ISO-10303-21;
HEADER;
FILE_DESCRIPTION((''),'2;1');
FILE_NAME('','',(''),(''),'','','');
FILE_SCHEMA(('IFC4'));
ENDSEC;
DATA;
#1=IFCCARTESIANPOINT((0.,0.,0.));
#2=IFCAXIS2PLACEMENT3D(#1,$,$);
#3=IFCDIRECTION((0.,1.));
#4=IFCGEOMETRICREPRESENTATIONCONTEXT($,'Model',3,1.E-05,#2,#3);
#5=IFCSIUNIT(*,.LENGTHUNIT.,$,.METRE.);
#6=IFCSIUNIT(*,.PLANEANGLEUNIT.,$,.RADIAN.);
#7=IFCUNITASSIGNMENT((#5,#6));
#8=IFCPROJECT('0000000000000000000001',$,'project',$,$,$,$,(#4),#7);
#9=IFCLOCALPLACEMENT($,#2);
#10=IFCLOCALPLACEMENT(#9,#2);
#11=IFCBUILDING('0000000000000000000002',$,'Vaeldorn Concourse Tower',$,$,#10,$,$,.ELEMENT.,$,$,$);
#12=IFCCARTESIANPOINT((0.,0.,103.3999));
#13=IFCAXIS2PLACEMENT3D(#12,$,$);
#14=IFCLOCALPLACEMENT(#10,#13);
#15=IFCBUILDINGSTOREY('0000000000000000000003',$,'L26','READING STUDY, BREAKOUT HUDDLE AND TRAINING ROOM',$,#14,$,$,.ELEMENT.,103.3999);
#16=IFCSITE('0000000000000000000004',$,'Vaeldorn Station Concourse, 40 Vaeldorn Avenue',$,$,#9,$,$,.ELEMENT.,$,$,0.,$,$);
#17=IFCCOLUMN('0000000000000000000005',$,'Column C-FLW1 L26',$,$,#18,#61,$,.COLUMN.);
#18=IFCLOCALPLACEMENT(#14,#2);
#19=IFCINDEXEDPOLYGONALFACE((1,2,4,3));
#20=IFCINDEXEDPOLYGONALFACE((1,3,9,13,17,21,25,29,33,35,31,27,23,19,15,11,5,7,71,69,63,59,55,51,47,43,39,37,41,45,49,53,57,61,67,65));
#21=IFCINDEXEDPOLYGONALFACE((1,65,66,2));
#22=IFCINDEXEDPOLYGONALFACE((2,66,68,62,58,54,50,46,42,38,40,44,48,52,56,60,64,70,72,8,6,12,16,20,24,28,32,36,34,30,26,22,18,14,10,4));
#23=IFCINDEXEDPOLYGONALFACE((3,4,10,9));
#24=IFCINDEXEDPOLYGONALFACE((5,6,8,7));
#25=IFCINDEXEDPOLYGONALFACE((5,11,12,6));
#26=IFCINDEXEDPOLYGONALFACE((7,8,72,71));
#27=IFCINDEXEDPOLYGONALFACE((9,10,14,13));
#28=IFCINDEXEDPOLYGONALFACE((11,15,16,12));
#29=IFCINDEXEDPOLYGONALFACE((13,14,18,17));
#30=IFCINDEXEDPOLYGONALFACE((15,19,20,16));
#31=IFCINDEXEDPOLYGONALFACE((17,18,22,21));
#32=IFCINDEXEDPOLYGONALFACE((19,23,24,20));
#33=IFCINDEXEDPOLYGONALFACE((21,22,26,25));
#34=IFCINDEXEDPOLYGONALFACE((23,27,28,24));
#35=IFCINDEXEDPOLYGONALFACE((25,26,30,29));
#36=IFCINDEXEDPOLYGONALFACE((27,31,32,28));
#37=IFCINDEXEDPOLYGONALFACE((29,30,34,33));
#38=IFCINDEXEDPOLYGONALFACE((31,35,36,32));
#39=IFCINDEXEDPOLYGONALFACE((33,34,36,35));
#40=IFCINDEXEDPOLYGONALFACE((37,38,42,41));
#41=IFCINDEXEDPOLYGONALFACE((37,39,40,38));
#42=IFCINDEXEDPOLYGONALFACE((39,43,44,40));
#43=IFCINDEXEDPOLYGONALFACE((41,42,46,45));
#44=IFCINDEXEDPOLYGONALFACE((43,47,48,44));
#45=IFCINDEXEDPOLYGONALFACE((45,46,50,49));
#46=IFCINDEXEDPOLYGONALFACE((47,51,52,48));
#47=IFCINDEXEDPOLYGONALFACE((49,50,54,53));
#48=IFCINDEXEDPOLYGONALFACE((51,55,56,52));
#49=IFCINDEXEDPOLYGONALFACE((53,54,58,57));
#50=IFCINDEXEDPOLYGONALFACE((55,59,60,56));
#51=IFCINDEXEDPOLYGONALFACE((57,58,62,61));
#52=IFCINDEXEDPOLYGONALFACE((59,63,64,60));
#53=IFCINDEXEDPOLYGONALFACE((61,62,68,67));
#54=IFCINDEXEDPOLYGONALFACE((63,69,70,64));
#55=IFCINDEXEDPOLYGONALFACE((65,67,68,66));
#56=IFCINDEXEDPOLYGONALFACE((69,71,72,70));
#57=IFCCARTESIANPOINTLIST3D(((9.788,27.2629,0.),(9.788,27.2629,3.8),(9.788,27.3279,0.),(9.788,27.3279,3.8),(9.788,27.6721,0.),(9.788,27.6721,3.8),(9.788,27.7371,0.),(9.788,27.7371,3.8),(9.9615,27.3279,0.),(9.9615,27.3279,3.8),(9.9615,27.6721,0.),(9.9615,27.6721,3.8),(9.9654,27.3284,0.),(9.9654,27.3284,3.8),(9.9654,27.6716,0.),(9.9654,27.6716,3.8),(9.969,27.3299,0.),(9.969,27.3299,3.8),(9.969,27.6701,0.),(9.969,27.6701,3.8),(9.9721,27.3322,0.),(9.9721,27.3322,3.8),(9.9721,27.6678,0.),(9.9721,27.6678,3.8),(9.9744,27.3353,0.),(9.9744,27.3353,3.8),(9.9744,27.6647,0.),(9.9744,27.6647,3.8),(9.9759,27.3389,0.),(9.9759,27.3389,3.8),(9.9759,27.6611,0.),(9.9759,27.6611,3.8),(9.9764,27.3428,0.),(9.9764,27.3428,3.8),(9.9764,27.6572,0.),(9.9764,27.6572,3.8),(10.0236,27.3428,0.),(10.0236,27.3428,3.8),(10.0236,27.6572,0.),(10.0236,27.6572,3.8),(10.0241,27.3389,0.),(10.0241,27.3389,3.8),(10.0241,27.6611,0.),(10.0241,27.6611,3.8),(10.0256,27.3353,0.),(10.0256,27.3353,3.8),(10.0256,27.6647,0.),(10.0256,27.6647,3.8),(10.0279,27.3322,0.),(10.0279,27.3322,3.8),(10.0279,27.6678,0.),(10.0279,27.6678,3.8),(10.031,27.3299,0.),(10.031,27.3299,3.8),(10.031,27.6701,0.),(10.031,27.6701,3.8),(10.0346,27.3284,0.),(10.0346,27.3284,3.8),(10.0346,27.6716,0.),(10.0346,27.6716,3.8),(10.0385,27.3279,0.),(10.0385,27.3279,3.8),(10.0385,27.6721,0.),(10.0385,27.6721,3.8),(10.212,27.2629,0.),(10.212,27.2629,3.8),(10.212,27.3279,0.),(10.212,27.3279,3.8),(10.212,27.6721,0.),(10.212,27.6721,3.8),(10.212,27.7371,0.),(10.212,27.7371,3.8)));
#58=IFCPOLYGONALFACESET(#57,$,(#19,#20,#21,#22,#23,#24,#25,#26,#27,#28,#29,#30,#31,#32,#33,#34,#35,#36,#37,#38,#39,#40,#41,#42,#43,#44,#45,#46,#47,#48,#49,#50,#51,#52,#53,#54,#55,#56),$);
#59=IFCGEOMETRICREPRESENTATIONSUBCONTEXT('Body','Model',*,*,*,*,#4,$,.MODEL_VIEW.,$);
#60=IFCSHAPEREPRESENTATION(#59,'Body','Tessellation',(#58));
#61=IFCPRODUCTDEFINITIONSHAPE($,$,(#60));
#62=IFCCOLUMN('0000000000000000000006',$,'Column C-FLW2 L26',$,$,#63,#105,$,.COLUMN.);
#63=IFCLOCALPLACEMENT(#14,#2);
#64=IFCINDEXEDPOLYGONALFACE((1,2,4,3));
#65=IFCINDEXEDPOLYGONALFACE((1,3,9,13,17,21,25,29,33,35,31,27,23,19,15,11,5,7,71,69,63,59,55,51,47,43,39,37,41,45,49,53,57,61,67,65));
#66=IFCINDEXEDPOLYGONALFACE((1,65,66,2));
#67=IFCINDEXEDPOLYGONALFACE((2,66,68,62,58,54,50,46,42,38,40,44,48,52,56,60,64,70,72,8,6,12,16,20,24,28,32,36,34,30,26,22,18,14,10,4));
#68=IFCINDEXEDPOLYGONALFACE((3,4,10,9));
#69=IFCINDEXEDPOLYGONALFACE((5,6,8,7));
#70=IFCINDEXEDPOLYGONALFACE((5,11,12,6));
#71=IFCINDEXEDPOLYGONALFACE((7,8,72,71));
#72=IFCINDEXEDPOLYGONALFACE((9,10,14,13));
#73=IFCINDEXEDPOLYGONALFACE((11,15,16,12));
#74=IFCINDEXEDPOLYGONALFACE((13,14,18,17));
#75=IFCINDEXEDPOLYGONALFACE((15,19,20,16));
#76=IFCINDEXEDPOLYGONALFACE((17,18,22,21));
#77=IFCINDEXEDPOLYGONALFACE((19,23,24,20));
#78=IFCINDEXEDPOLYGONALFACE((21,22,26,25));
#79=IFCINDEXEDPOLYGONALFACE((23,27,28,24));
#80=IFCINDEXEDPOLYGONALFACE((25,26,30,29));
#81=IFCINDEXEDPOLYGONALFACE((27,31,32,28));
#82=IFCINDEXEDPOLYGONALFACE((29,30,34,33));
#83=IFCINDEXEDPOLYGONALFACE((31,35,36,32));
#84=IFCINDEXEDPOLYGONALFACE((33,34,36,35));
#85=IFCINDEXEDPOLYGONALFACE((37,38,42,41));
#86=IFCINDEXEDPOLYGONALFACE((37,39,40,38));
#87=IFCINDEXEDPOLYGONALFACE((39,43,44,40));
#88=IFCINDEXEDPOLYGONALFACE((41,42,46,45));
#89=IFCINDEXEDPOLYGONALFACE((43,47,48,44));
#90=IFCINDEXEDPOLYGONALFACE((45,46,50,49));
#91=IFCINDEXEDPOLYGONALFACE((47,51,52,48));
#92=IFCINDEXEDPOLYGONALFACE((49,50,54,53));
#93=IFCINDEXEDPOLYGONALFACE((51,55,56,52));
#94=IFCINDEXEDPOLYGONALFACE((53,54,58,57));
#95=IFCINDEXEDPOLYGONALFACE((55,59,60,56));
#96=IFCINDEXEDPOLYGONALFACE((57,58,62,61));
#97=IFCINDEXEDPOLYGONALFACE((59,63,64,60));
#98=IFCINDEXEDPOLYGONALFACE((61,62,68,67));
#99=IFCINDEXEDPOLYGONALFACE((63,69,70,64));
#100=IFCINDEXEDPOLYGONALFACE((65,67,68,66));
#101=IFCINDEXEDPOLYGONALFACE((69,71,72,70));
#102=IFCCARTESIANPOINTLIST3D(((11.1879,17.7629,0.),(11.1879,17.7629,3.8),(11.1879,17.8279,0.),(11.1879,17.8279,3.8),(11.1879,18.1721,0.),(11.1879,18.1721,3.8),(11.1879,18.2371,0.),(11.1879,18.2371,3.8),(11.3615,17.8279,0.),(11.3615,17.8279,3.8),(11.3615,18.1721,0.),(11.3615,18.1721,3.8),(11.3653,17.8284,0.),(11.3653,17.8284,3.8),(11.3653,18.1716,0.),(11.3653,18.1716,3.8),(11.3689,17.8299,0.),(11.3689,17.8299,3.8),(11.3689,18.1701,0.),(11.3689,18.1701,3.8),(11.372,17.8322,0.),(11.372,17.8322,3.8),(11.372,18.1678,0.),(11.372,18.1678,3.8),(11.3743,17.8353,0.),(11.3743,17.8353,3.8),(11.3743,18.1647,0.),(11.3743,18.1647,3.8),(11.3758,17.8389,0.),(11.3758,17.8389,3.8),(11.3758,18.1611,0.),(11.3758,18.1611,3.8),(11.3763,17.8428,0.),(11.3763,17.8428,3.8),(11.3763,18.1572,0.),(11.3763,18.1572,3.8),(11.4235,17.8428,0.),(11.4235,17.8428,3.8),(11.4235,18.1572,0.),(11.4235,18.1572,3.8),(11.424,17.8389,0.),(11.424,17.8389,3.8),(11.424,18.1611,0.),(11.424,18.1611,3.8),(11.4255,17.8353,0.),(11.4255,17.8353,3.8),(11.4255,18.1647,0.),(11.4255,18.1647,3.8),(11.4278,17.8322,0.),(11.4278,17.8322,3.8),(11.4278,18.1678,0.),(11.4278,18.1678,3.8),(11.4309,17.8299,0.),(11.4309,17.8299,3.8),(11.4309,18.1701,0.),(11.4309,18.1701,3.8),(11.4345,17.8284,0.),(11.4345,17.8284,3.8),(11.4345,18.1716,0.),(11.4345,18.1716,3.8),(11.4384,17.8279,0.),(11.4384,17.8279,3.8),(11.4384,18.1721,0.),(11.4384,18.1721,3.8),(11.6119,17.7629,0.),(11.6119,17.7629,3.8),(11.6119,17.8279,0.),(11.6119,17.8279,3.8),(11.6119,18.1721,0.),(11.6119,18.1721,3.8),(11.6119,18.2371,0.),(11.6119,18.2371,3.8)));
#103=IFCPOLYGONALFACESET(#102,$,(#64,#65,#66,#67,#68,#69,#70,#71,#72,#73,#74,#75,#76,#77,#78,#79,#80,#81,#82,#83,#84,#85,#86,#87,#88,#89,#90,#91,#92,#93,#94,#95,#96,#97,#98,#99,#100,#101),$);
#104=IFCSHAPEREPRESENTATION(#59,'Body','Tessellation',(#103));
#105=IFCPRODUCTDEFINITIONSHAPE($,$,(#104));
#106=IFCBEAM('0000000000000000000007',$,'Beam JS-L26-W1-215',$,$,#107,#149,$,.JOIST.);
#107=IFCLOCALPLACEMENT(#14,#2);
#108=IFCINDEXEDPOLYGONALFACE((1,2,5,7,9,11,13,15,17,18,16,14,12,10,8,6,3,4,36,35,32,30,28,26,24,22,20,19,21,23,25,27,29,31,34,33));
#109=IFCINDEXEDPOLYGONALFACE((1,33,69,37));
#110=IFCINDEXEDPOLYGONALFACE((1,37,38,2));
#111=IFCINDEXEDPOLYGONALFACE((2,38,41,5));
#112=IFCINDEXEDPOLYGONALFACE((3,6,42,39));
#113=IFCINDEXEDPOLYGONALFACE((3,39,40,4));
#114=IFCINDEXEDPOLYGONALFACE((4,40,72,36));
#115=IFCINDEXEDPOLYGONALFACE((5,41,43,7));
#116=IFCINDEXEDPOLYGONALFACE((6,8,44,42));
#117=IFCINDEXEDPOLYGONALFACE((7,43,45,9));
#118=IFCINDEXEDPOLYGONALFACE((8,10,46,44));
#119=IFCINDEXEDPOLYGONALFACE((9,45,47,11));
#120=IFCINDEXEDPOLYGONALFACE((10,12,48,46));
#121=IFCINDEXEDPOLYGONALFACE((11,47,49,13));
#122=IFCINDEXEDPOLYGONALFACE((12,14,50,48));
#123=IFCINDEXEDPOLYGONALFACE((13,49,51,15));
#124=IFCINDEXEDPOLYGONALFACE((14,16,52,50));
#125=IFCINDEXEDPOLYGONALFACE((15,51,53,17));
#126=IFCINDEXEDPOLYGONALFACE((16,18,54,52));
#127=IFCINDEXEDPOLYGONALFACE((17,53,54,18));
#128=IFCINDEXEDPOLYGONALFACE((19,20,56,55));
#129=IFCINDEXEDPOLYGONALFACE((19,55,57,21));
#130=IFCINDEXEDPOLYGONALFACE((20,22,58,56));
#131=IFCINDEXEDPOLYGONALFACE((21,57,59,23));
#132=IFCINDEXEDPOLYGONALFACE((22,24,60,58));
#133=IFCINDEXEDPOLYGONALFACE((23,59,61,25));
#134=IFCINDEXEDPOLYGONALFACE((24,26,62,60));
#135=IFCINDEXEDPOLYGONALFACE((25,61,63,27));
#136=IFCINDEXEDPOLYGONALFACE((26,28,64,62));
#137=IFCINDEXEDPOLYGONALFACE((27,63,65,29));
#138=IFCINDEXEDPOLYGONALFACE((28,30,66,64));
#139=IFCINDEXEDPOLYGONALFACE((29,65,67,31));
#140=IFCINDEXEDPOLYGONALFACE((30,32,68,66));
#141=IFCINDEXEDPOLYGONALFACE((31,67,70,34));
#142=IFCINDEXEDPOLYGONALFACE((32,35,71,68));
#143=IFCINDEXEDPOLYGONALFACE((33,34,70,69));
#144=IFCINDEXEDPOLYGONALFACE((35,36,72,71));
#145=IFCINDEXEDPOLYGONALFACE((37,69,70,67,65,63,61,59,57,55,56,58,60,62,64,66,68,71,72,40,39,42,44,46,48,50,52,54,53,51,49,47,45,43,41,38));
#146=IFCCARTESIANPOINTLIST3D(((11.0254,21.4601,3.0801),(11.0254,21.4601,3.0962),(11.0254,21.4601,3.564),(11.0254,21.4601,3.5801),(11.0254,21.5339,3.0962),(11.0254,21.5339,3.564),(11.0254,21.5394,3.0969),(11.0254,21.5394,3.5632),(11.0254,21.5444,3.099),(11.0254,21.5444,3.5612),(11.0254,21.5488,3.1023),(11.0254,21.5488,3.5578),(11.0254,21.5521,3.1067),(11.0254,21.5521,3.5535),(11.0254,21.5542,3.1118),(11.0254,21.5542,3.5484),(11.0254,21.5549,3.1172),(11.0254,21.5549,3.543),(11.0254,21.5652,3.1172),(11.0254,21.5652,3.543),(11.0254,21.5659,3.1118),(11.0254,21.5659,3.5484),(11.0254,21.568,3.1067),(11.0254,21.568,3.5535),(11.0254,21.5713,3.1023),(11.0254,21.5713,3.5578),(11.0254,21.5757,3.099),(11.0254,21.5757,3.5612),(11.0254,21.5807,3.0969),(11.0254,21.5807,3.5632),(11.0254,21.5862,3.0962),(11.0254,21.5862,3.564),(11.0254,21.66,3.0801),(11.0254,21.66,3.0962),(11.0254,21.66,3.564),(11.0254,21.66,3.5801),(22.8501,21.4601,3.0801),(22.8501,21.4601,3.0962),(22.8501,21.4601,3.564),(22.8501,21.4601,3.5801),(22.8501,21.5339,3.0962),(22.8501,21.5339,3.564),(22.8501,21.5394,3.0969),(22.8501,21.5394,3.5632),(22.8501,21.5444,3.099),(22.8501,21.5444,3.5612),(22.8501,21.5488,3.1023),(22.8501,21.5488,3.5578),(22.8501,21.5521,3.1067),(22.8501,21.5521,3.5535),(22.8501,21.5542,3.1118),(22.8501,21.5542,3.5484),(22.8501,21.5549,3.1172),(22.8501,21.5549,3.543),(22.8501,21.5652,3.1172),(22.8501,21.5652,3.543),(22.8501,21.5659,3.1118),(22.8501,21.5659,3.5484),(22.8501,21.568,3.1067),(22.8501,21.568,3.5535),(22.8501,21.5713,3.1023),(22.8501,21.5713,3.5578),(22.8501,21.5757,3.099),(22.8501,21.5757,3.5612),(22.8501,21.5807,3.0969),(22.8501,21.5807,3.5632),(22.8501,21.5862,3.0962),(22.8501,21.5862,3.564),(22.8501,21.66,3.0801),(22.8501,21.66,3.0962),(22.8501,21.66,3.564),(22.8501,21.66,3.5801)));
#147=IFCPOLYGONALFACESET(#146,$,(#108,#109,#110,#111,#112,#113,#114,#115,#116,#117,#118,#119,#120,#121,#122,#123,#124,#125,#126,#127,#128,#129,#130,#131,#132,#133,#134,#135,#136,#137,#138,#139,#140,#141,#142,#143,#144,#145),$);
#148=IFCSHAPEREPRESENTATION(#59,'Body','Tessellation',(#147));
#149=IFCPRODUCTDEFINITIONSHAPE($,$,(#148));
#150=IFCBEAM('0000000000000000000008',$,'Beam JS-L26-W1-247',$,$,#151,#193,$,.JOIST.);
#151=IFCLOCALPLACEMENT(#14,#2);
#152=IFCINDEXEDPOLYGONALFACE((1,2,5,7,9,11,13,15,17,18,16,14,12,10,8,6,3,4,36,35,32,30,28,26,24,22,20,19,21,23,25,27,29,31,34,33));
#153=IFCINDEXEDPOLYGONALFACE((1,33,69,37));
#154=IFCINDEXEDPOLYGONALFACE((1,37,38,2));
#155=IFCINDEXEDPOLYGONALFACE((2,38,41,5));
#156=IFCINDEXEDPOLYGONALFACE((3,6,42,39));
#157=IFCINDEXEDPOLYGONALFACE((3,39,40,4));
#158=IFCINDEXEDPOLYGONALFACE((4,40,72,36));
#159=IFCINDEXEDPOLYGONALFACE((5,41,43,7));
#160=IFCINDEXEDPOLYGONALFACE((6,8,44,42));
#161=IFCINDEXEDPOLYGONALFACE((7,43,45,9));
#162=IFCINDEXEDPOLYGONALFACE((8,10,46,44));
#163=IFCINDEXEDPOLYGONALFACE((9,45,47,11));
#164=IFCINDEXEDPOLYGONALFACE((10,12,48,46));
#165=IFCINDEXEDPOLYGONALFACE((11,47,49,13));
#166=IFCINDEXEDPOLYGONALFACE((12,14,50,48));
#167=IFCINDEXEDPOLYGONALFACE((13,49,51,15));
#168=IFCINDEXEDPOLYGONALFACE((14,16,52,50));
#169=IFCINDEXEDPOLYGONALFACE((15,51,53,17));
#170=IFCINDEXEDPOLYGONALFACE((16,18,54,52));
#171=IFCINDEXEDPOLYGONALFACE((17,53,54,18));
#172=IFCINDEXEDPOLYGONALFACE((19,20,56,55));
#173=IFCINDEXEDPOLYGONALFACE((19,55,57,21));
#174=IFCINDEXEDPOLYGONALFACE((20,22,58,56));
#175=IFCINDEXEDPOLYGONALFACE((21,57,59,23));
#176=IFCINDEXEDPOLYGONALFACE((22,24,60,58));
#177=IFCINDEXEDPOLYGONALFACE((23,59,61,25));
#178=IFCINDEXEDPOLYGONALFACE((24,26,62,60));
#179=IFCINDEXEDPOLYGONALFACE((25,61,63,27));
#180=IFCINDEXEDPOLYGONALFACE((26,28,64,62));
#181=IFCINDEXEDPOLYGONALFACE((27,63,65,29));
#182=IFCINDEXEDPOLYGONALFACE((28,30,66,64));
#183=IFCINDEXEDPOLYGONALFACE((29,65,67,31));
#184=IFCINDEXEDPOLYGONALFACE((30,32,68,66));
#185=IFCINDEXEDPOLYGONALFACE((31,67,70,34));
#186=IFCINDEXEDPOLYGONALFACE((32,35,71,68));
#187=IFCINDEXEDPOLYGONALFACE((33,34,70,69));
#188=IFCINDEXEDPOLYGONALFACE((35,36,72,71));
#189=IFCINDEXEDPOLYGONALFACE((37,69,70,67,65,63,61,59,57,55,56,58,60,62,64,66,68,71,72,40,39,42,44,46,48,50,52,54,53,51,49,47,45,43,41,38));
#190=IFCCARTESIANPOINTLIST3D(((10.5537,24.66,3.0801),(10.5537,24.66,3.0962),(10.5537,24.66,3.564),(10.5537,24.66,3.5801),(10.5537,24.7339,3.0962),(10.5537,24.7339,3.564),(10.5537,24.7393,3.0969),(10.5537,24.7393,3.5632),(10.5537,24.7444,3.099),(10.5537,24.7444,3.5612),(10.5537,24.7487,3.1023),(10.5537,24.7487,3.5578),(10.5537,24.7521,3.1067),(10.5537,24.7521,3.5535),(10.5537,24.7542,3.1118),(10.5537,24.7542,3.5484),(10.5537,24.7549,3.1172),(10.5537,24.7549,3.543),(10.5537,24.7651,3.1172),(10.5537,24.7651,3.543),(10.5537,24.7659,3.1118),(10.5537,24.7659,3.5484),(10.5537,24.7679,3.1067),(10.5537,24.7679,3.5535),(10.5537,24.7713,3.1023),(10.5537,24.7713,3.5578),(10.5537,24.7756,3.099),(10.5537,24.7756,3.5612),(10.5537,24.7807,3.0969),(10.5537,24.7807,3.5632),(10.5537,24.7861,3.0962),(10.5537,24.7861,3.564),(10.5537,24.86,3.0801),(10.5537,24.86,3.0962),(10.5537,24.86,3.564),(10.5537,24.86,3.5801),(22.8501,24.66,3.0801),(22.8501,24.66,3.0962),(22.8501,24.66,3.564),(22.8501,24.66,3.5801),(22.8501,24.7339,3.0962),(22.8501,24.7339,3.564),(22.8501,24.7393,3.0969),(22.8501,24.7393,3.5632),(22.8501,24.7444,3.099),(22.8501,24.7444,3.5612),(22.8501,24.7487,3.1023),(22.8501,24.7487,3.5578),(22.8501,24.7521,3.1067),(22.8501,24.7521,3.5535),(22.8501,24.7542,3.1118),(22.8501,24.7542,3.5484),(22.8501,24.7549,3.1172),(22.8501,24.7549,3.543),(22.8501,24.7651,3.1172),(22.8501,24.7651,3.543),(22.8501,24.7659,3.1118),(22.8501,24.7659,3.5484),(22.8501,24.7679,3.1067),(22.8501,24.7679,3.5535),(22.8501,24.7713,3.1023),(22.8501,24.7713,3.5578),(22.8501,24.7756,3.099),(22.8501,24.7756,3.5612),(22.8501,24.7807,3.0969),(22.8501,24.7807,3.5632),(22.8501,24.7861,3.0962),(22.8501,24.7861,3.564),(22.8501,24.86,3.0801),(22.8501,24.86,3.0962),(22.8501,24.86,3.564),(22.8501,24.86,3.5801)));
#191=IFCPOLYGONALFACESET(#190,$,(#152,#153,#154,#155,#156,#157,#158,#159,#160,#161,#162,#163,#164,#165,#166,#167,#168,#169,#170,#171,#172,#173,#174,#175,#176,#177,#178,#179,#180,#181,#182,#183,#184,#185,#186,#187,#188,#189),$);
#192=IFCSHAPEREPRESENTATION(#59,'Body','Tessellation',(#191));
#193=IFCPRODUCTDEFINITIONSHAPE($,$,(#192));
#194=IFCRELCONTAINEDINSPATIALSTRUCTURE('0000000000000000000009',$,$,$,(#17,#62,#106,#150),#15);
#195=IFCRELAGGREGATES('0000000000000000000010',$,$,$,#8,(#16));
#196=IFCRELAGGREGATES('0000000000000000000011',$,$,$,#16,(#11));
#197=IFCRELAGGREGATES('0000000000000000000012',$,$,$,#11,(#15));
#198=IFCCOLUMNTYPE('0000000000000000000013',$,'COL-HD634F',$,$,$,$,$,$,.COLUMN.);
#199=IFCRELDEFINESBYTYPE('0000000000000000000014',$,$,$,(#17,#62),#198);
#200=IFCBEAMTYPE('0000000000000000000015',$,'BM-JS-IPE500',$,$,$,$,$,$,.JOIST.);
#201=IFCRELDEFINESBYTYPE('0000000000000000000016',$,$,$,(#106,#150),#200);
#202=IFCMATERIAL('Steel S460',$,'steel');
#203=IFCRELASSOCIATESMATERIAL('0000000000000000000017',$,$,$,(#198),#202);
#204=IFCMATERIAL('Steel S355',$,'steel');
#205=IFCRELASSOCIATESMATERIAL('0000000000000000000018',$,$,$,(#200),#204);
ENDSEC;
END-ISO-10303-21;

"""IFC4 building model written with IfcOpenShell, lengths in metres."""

from ifc_helpers import new_model, si_unit, direction, frame, origin, origin_2d, place, context, subcontext, project, spatial, i_section, extrude, source, transform, mapped, material, material_profile, profile_set, type_object, element, save


model = new_model("IFC4")

# Units and contexts
model_context = context("Model", 3, precision=1e-05, world=origin(), true_north=direction((0.0, 1.0)))
body_context = subcontext(model_context, "Body", "Model", "MODEL_VIEW")
ifc_project = project(units=[si_unit("LENGTHUNIT", "METRE"), si_unit("PLANEANGLEUNIT", "RADIAN")], contexts=[model_context])

# Site, building, storey
site_placement = place(None, origin())
site = spatial("IfcSite", under=ifc_project, at=site_placement, Name="Vaeldorn Station Concourse, 40 Vaeldorn Avenue", CompositionType="ELEMENT", RefElevation=0.0)
building_placement = place(site_placement, origin())
building = spatial("IfcBuilding", under=site, at=building_placement, Name="Vaeldorn Concourse Tower", CompositionType="ELEMENT")
storey_placement = place(building_placement, frame((0.0, 0.0, 103.3999)))
storey = spatial("IfcBuildingStorey", under=building, at=storey_placement, Name="L26", Description="READING STUDY, BREAKOUT HUDDLE AND TRAINING ROOM", CompositionType="ELEMENT", Elevation=103.3999)

# Columns
ifc_material_1 = material(Name="Steel S460", Category="steel")
ifc_material_profile_1 = material_profile(ifc_material_1, i_section(OverallWidth=0.4241, OverallDepth=0.4741, WebThickness=0.0471, FlangeThickness=0.0649, FilletRadius=0.0149, at=origin_2d()), Name="HD 400x634")
ifc_profile_set_1 = profile_set([ifc_material_profile_1], Name="Steel S460")
column_type = type_object("IfcColumnType", Name="COL-HD634F", PredefinedType="COLUMN", material=ifc_profile_set_1)
shared_shape_1 = source(origin(), body_context, "Body", "SweptSolid", [
    extrude(i_section(OverallWidth=0.4241, OverallDepth=0.4741, WebThickness=0.0471, FlangeThickness=0.0649, FilletRadius=0.0149, at=origin_2d()), origin(), (0.0, 0.0, 1.0), 3.8),
])
for number, where, z_axis, x_axis, name in (
    (1, (10.0, 27.5, 0.0), (0.0, 0.0, 1.0), (1.0, 0.0, 0.0), "Column C-FLW1 L26"),
    (2, (11.3999, 18.0, 0.0), (0.0, 0.0, 1.0), (1.0, 0.0, 0.0), "Column C-FLW2 L26"),
):
    element("IfcColumn", number, at=place(storey_placement, frame(where, z_axis=z_axis, x_axis=x_axis)), inside=storey, type_object=column_type, Name=name, PredefinedType="COLUMN", context=body_context, shape_type="MappedRepresentation", body=[
        mapped(shared_shape_1, transform((0.0, 0.0, 0.0), scale=1.0)),
    ])

# Beams
ifc_material_2 = material(Name="Steel S355", Category="steel")
ifc_material_profile_2 = material_profile(ifc_material_2, i_section(OverallWidth=0.2, OverallDepth=0.5, WebThickness=0.0103, FlangeThickness=0.0161, FilletRadius=0.021, at=origin_2d()), Name="IPE 500")
ifc_profile_set_2 = profile_set([ifc_material_profile_2], Name="Steel S355")
beam_type_1 = type_object("IfcBeamType", Name="BM-JS-IPE500", PredefinedType="JOIST", material=ifc_profile_set_2)
shared_shape_2 = source(origin(), body_context, "Body", "SweptSolid", [
    extrude(i_section(OverallWidth=0.2, OverallDepth=0.5, WebThickness=0.0103, FlangeThickness=0.0161, FilletRadius=0.021, at=origin_2d()), origin(), (0.0, 0.0, 1.0), 11.8247),
])
beam_1_placement = place(storey_placement, frame((11.0254, 21.5601, 3.3301), z_axis=(1.0, 0.0, 0.0), x_axis=(0.0, 1.0, 0.0)))
element("IfcBeam", 3, at=beam_1_placement, inside=storey, type_object=beam_type_1, Name="Beam JS-L26-W1-215", PredefinedType="JOIST", context=body_context, shape_type="MappedRepresentation", body=[
    mapped(shared_shape_2, transform((0.0, 0.0, 0.0), scale=1.0)),
])
shared_shape_3 = source(origin(), body_context, "Body", "SweptSolid", [
    extrude(i_section(OverallWidth=0.2, OverallDepth=0.5, WebThickness=0.0103, FlangeThickness=0.0161, FilletRadius=0.021, at=origin_2d()), origin(), (0.0, 0.0, 1.0), 12.2964),
])
beam_2_placement = place(storey_placement, frame((10.5537, 24.76, 3.3301), z_axis=(1.0, 0.0, 0.0), x_axis=(0.0, 1.0, 0.0)))
element("IfcBeam", 4, at=beam_2_placement, inside=storey, type_object=beam_type_1, Name="Beam JS-L26-W1-247", PredefinedType="JOIST", context=body_context, shape_type="MappedRepresentation", body=[
    mapped(shared_shape_3, transform((0.0, 0.0, 0.0), scale=1.0)),
])

save(model, "model.ifc")
